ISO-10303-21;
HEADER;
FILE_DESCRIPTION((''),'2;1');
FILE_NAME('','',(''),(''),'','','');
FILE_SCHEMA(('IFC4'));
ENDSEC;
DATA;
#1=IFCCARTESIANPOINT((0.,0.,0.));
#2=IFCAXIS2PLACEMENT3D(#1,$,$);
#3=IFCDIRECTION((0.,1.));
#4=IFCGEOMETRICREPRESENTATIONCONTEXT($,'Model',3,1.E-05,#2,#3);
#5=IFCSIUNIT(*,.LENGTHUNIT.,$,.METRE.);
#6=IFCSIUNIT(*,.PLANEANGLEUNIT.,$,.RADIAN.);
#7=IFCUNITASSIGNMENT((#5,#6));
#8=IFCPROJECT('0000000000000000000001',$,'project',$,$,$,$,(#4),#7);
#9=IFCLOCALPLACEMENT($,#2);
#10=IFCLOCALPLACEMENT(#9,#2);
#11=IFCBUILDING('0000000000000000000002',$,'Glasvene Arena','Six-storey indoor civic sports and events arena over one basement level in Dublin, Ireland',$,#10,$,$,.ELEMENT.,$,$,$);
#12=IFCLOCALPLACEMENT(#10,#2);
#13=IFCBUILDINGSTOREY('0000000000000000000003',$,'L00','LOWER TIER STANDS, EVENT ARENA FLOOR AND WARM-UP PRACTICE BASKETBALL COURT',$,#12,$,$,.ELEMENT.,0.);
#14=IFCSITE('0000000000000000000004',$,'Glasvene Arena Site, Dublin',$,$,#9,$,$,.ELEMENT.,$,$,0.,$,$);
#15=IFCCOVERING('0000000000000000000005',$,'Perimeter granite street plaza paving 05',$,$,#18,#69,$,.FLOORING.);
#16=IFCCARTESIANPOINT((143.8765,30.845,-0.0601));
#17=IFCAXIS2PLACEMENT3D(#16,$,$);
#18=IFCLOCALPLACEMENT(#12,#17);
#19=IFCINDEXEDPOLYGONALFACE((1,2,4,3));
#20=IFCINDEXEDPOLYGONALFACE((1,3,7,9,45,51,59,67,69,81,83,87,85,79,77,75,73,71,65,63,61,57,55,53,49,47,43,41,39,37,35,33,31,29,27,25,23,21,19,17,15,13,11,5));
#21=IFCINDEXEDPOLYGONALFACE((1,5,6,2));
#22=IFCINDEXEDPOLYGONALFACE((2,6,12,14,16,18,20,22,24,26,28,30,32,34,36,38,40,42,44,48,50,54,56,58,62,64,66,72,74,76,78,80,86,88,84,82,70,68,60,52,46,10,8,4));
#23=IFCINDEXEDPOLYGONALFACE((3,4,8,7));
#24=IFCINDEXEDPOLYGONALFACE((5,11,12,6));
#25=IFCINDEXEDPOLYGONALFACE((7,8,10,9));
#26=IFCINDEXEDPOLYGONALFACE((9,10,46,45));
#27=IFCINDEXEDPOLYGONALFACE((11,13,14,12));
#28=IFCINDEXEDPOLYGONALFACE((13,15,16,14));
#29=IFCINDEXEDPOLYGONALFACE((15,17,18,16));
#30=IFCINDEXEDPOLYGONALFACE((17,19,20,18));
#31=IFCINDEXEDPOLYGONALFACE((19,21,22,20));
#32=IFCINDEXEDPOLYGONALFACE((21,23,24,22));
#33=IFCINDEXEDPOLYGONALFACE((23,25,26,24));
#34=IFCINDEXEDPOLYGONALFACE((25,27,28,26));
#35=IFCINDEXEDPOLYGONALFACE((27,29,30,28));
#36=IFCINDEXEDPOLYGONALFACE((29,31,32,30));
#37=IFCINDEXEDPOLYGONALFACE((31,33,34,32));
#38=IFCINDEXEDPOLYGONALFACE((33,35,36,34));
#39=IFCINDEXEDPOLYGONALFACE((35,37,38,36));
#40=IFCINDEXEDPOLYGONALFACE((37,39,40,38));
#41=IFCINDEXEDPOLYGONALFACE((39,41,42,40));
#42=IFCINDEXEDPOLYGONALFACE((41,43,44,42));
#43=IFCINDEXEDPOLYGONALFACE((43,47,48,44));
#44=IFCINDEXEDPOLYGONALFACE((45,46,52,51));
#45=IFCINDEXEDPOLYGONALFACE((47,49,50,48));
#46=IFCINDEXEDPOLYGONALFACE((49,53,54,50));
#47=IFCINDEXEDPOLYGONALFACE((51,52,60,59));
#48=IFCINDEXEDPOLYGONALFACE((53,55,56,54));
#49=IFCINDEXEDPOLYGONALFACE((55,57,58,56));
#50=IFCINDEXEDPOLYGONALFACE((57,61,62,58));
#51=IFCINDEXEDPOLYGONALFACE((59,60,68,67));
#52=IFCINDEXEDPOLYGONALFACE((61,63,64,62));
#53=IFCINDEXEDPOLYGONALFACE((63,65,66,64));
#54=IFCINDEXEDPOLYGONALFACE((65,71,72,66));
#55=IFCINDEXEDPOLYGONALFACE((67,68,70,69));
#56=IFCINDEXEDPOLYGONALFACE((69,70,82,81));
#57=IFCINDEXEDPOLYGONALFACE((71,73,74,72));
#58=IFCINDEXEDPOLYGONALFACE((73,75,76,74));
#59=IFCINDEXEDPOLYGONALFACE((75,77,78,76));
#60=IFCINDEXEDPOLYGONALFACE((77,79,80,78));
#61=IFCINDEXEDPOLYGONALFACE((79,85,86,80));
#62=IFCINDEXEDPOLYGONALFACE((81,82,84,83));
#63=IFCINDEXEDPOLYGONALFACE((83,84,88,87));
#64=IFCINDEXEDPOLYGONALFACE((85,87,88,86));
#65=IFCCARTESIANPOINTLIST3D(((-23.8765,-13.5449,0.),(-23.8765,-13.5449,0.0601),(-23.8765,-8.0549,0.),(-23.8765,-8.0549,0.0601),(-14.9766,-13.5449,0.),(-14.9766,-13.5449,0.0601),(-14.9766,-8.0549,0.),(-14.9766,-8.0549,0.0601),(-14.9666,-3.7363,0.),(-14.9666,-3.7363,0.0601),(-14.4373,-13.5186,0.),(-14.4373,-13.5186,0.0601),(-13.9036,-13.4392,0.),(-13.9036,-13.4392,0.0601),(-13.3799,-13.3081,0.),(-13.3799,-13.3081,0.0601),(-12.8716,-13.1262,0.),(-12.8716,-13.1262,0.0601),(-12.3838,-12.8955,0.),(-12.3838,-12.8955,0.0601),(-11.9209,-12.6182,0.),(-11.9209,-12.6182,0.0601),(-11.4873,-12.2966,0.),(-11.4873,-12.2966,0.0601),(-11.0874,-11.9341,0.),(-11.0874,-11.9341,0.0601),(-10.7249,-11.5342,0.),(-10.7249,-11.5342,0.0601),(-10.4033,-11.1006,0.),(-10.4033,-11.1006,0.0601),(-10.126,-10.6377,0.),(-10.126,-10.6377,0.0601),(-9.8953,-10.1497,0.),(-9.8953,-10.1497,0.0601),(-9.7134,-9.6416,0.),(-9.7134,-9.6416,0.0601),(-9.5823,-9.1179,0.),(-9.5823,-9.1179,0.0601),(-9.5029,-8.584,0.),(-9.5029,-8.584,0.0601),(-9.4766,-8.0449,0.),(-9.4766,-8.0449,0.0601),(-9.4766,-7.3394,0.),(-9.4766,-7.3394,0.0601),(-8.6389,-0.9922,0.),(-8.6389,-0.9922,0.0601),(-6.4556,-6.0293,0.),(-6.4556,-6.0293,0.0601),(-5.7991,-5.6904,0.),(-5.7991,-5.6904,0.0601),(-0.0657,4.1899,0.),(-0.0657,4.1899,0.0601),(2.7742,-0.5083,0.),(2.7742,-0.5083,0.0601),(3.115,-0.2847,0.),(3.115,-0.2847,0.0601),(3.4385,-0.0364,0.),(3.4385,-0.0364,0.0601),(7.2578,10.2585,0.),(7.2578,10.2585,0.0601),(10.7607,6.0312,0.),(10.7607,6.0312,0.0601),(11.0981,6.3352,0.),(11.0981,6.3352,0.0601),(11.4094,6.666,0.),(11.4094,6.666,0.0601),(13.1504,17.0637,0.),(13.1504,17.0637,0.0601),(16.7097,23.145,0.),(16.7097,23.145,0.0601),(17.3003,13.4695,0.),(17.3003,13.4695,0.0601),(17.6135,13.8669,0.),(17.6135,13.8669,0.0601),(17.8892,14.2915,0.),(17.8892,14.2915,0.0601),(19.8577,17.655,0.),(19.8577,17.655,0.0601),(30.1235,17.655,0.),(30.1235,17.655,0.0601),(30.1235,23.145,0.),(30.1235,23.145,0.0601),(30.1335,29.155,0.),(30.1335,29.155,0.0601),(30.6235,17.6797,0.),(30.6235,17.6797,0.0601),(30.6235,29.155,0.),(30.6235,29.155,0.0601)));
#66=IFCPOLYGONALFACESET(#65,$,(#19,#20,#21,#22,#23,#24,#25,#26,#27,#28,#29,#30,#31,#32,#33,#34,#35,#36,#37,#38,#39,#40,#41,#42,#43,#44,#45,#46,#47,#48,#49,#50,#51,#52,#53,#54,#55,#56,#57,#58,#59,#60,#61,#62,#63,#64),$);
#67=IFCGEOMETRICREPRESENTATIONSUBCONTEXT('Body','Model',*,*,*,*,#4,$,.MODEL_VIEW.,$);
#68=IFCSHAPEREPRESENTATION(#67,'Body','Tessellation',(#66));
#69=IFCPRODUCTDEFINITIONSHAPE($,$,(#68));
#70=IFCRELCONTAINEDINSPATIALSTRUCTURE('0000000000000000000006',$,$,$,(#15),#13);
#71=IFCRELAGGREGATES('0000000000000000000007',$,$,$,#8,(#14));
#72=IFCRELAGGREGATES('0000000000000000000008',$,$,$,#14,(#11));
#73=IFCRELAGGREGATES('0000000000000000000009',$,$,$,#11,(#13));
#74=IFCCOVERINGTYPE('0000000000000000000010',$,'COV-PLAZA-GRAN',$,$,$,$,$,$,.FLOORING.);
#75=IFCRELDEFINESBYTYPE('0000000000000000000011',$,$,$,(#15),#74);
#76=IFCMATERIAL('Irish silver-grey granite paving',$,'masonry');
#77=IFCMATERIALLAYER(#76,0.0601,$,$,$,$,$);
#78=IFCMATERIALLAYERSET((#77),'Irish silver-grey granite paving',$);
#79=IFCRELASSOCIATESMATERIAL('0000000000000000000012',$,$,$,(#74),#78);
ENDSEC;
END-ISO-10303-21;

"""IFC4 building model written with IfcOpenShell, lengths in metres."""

from ifc_helpers import new_model, si_unit, direction, frame, origin, place, context, subcontext, project, spatial, polyline, outline, extrude, material, layer, layer_set, type_object, element, save


model = new_model("IFC4")

# Units and contexts
model_context = context("Model", 3, precision=1e-05, world=origin(), true_north=direction((0.0, 1.0)))
body_context = subcontext(model_context, "Body", "Model", "MODEL_VIEW")
ifc_project = project(units=[si_unit("LENGTHUNIT", "METRE"), si_unit("PLANEANGLEUNIT", "RADIAN")], contexts=[model_context])

# Site, building, storey
site_placement = place(None, origin())
site = spatial("IfcSite", under=ifc_project, at=site_placement, Name="Glasvene Arena Site, Dublin", CompositionType="ELEMENT", RefElevation=0.0)
building_placement = place(site_placement, origin())
building = spatial("IfcBuilding", under=site, at=building_placement, Name="Glasvene Arena", Description="Six-storey indoor civic sports and events arena over one basement level in Dublin, Ireland", CompositionType="ELEMENT")
storey_placement = place(building_placement, origin())
storey = spatial("IfcBuildingStorey", under=building, at=storey_placement, Name="L00", Description="LOWER TIER STANDS, EVENT ARENA FLOOR AND WARM-UP PRACTICE BASKETBALL COURT", CompositionType="ELEMENT", Elevation=0.0)

# Covering
ifc_material_1 = material(Name="Irish silver-grey granite paving", Category="masonry")
ifc_layer_1 = layer(ifc_material_1, 0.0601)
ifc_layer_set_1 = layer_set([ifc_layer_1], Name="Irish silver-grey granite paving")
covering_type = type_object("IfcCoveringType", Name="COV-PLAZA-GRAN", PredefinedType="FLOORING", material=ifc_layer_set_1)
covering_placement = place(storey_placement, frame((143.8765, 30.845, -0.0601)))
element("IfcCovering", 1, at=covering_placement, inside=storey, type_object=covering_type, Name="Perimeter granite street plaza paving 05", PredefinedType="FLOORING", context=body_context, shape_type="SweptSolid", body=[
    extrude(outline(polyline([(30.6235, 17.6797), (30.1235, 17.655), (19.8577, 17.655), (17.8892, 14.2915), (17.6135, 13.8669), (17.3003, 13.4695), (11.4094, 6.666), (11.0981, 6.3352), (10.7607, 6.0312), (3.4385, -0.0364), (3.115, -0.2847), (2.7742, -0.5083), (-5.7991, -5.6904), (-6.4556, -6.0293), (-9.4766, -7.3394), (-9.4766, -8.0449), (-9.5029, -8.584), (-9.5823, -9.1179), (-9.7134, -9.6416), (-9.8953, -10.1497), (-10.126, -10.6377), (-10.4033, -11.1006), (-10.7249, -11.5342), (-11.0874, -11.9341), (-11.4873, -12.2966), (-11.9209, -12.6182), (-12.3838, -12.8955), (-12.8716, -13.1262), (-13.3799, -13.3081), (-13.9036, -13.4392), (-14.4373, -13.5186), (-14.9766, -13.5449), (-23.8765, -13.5449), (-23.8765, -8.0549), (-14.9766, -8.0549), (-14.9666, -3.7363), (-8.6389, -0.9922), (-0.0657, 4.1899), (7.2578, 10.2585), (13.1504, 17.0637), (16.7097, 23.145), (30.1235, 23.145), (30.1335, 29.155), (30.6235, 29.155), (30.6235, 17.6797)])), origin(), (0.0, 0.0, 1.0), 0.0601),
])

save(model, "model.ifc")
